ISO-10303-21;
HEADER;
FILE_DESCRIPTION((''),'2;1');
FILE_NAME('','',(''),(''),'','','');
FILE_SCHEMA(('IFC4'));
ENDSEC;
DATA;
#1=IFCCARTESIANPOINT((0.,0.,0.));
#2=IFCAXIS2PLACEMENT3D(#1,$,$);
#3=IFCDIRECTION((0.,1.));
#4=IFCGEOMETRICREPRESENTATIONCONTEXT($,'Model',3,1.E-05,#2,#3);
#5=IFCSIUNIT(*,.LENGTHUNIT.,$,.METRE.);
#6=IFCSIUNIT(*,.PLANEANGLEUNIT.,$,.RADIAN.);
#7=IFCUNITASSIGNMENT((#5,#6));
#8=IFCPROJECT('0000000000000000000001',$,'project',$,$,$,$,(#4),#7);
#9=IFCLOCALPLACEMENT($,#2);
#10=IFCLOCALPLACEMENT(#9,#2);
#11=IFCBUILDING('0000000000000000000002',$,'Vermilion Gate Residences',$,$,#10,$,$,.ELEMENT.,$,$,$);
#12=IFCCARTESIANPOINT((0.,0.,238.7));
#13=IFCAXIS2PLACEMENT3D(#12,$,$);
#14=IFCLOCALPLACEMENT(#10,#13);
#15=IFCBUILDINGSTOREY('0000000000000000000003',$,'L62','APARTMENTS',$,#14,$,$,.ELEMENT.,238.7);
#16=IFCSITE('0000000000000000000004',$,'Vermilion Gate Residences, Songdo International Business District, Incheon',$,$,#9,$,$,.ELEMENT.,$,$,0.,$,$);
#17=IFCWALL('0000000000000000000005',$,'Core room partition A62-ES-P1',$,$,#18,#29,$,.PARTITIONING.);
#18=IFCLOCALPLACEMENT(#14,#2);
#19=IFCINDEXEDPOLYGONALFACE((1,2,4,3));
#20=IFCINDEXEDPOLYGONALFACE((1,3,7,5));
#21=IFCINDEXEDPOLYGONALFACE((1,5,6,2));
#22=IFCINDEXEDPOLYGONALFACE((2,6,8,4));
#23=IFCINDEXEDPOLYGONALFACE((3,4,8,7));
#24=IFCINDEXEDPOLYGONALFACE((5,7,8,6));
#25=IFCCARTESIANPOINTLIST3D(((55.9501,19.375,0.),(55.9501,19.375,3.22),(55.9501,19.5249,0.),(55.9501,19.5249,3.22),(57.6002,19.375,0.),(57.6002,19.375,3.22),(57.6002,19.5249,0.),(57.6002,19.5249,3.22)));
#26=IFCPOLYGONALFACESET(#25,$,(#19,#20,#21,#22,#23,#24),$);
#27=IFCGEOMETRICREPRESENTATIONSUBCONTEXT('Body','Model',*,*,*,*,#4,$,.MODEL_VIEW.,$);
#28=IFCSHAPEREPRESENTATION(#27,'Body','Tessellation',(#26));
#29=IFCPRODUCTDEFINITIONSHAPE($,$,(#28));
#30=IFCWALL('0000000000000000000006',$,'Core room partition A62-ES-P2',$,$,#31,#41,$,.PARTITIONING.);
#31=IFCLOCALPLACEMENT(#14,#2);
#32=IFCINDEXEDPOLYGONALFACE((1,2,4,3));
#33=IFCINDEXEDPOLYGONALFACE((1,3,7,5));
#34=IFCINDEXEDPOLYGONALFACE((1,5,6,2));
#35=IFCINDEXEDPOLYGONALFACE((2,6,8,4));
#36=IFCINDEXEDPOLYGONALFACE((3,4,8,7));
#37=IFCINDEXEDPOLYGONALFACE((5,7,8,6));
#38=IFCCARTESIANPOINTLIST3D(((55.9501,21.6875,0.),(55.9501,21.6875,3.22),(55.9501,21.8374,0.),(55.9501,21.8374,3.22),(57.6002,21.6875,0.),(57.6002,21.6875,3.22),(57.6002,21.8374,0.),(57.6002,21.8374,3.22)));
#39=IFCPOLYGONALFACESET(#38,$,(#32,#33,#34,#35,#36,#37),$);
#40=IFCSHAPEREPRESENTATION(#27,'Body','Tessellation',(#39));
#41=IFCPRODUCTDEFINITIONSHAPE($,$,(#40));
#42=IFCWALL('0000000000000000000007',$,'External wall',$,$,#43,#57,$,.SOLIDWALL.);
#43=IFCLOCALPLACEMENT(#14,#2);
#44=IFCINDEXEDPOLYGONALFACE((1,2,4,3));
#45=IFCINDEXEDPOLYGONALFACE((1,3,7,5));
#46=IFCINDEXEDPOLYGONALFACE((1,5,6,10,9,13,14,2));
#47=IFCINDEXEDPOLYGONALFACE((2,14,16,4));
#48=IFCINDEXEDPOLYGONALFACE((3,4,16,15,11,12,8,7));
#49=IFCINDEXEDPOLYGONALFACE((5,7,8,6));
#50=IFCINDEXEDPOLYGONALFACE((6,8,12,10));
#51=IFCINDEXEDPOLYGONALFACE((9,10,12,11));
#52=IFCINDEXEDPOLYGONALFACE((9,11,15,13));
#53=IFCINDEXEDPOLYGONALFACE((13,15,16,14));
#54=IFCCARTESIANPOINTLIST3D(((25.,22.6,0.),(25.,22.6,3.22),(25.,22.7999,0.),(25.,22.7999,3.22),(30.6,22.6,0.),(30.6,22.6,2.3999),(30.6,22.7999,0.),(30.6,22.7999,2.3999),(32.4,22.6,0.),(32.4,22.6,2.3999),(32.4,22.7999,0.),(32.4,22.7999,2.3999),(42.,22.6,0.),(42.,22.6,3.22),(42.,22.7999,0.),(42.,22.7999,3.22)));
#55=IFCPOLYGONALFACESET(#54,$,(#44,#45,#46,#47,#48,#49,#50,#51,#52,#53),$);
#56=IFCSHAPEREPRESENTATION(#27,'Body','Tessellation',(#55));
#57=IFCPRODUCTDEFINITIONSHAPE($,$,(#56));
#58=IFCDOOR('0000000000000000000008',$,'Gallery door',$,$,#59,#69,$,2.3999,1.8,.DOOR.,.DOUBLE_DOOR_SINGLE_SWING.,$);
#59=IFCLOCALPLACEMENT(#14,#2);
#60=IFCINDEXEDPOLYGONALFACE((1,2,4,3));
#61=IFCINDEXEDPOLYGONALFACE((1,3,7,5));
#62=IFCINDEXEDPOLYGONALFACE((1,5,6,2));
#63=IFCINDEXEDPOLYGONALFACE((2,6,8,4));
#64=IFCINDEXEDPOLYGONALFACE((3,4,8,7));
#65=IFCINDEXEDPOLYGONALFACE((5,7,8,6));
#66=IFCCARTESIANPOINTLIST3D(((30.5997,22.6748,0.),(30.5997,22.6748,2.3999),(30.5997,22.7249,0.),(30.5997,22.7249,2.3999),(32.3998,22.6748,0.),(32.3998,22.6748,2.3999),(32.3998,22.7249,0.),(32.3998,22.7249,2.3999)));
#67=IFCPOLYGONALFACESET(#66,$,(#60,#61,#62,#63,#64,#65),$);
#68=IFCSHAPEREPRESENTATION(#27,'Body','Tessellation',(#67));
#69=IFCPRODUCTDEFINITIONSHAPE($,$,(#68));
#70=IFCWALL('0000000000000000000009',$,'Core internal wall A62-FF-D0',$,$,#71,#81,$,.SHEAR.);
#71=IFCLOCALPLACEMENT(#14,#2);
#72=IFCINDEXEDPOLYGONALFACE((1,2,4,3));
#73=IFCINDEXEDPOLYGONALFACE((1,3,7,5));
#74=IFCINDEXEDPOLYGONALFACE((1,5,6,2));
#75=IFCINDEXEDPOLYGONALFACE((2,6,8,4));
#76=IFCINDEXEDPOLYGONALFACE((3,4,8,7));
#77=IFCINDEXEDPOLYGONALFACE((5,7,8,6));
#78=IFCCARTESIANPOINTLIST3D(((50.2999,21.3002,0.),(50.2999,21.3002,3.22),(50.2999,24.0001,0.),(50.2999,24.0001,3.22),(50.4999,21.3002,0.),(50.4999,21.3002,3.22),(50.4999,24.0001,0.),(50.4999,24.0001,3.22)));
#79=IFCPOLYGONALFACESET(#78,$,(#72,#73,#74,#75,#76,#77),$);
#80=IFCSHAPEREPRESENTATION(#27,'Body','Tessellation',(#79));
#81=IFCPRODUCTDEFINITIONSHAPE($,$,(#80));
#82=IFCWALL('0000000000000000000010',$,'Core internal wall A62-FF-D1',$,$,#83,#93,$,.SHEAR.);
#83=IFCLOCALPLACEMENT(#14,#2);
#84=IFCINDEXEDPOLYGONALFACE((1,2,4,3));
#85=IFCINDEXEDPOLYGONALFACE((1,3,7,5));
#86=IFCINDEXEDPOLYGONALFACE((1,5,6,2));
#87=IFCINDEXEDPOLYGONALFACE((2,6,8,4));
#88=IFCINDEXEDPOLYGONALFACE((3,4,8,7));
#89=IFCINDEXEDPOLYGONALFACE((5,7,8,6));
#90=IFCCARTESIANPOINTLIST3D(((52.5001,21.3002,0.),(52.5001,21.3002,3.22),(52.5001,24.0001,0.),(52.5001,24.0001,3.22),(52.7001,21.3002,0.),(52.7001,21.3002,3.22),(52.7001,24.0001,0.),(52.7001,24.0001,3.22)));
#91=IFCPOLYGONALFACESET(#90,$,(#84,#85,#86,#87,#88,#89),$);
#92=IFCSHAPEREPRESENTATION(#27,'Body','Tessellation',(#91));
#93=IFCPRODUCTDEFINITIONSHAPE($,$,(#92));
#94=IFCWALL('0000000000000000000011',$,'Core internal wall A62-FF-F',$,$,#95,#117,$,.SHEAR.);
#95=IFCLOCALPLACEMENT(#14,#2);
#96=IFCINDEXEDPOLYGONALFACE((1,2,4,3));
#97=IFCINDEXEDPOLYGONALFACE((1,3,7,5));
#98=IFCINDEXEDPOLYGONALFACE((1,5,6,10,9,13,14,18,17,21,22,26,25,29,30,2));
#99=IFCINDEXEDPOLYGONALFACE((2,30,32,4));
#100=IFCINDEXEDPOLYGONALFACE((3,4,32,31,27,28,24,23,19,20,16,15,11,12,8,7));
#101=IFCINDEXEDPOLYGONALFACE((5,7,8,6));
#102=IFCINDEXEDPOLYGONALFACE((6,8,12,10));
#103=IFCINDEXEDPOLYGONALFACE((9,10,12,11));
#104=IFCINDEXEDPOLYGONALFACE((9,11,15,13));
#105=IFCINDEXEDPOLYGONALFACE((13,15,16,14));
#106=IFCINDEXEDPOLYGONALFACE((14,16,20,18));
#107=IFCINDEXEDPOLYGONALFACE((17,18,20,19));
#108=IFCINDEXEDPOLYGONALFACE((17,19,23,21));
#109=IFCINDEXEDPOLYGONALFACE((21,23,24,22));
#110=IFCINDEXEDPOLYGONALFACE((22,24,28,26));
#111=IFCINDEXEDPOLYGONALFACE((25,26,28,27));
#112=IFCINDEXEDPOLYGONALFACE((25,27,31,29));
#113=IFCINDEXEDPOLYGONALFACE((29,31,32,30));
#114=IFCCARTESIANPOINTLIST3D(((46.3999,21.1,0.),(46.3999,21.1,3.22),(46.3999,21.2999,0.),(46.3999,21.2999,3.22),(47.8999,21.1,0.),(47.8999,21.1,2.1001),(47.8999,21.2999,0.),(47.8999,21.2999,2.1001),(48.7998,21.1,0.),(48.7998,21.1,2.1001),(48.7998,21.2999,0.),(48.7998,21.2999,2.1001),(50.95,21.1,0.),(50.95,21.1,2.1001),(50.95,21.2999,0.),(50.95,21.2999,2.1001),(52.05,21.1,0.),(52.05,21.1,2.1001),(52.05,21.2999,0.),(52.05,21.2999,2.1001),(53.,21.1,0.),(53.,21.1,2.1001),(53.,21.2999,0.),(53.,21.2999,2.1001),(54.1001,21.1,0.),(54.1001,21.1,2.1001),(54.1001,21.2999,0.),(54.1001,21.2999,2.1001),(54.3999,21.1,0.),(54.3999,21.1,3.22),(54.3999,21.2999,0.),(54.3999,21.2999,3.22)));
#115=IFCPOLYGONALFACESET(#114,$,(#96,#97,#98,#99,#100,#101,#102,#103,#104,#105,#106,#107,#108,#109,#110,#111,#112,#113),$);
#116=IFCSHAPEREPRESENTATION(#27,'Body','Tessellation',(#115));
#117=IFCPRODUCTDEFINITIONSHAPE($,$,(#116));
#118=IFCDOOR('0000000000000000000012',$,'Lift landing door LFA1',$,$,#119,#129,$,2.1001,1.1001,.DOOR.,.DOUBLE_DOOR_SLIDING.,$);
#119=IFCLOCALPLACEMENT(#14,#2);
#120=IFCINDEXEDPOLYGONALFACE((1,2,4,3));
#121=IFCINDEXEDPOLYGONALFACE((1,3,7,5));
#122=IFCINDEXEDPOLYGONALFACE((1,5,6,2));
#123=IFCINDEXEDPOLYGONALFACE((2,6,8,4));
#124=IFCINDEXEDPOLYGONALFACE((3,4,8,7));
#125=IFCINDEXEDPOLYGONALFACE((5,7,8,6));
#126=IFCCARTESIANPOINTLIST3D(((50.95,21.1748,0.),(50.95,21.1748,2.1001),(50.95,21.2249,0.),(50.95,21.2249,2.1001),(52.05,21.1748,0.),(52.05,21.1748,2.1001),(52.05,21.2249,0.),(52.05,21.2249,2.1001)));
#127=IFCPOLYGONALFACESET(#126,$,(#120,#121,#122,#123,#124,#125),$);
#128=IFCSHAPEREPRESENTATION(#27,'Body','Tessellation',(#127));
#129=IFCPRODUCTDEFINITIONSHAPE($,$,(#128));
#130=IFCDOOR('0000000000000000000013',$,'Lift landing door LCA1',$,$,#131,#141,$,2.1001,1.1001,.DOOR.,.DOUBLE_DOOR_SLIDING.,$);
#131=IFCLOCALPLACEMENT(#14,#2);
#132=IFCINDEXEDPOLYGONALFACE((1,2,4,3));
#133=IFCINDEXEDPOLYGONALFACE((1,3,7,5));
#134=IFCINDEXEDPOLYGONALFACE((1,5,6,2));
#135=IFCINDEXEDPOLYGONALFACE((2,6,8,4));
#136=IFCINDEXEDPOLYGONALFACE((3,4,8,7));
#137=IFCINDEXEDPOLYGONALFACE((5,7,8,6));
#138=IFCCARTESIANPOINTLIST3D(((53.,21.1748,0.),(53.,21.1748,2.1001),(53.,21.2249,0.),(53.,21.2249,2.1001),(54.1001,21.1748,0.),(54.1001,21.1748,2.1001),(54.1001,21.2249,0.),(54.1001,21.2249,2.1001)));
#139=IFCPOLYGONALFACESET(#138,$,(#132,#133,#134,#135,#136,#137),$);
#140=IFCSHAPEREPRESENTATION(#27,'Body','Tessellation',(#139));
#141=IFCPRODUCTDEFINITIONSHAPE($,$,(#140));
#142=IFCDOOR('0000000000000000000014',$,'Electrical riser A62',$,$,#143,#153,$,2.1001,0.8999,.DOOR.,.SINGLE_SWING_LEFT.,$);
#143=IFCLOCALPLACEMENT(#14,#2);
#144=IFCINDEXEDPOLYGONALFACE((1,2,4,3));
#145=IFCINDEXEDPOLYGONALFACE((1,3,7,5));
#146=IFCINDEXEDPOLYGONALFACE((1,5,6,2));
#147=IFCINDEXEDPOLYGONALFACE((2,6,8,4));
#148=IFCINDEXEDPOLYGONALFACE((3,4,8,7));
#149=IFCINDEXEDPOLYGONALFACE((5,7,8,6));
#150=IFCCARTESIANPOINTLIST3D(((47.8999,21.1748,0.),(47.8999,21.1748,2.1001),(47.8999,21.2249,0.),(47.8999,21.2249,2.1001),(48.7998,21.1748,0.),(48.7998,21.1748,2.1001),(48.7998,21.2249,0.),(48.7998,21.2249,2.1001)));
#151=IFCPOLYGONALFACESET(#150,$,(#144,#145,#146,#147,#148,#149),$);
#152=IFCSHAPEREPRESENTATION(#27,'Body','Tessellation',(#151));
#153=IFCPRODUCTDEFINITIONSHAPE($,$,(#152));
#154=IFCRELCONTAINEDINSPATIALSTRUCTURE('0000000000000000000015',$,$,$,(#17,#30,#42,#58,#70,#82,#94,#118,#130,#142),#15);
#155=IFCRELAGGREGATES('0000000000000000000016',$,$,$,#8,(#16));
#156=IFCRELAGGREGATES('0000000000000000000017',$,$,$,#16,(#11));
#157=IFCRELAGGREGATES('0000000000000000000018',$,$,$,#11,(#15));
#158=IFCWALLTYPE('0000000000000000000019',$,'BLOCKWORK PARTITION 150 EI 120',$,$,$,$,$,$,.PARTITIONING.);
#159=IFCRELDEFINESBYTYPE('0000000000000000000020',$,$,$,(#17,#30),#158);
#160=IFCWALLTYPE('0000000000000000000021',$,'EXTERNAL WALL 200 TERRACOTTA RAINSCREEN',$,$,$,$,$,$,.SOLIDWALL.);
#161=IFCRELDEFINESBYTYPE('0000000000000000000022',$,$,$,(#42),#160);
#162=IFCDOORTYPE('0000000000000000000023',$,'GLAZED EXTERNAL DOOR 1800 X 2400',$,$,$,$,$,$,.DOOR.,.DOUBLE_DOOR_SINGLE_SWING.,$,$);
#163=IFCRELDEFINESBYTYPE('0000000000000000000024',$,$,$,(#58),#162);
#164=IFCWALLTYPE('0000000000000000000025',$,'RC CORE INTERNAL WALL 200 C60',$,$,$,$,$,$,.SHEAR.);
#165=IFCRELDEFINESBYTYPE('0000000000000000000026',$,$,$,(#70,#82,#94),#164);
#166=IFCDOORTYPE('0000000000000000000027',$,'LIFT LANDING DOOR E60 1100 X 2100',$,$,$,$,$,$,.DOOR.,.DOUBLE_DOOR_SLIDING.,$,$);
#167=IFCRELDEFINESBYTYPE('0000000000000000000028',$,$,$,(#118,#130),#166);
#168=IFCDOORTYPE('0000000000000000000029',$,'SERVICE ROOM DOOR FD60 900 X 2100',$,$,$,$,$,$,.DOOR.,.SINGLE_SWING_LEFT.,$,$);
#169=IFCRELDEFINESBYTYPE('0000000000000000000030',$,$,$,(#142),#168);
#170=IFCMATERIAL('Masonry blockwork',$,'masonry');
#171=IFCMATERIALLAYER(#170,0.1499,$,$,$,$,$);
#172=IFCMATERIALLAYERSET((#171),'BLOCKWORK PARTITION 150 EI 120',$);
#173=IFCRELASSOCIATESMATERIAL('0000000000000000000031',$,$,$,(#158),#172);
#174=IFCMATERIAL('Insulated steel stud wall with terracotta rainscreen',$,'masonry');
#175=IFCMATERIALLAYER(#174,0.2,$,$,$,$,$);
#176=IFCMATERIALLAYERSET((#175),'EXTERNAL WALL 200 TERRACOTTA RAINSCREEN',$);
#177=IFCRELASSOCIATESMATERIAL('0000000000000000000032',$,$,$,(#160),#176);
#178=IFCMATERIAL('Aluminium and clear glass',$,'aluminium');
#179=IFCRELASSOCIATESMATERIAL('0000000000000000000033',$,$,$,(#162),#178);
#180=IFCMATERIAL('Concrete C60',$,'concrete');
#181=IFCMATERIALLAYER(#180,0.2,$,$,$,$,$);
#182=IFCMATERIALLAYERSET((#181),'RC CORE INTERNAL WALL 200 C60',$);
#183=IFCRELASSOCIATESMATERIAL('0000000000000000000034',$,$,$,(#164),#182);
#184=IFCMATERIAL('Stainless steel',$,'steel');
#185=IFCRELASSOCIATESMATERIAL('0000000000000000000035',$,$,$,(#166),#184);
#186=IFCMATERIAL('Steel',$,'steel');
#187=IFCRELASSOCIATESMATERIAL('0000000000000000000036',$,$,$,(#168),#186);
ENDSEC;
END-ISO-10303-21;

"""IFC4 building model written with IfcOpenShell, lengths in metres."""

from ifc_helpers import new_model, si_unit, direction, frame, frame_2d, origin, place, context, subcontext, project, spatial, rectangle, extrude, material, layer, layer_set, type_object, element, fill, save


model = new_model("IFC4")

# Units and contexts
model_context = context("Model", 3, precision=1e-05, world=origin(), true_north=direction((0.0, 1.0)))
body_context = subcontext(model_context, "Body", "Model", "MODEL_VIEW")
ifc_project = project(units=[si_unit("LENGTHUNIT", "METRE"), si_unit("PLANEANGLEUNIT", "RADIAN")], contexts=[model_context])

# Site, building, storey
site_placement = place(None, origin())
site = spatial("IfcSite", under=ifc_project, at=site_placement, Name="Vermilion Gate Residences, Songdo International Business District, Incheon", CompositionType="ELEMENT", RefElevation=0.0)
building_placement = place(site_placement, origin())
building = spatial("IfcBuilding", under=site, at=building_placement, Name="Vermilion Gate Residences", CompositionType="ELEMENT")
storey_placement = place(building_placement, frame((0.0, 0.0, 238.7)))
storey = spatial("IfcBuildingStorey", under=building, at=storey_placement, Name="L62", Description="APARTMENTS", CompositionType="ELEMENT", Elevation=238.7)

# Walls
ifc_material_1 = material(Name="Masonry blockwork", Category="masonry")
ifc_layer_1 = layer(ifc_material_1, 0.1499)
ifc_layer_set_1 = layer_set([ifc_layer_1], Name="BLOCKWORK PARTITION 150 EI 120")
wall_type_1 = type_object("IfcWallType", Name="BLOCKWORK PARTITION 150 EI 120", PredefinedType="PARTITIONING", material=ifc_layer_set_1)
for number, where, z_axis, x_axis, name in (
    (1, (55.95, 19.45, 0.0), (0.0, 0.0, 1.0), (1.0, 0.0, 0.0), "Core room partition A62-ES-P1"),
    (2, (55.95, 21.7625, 0.0), (0.0, 0.0, 1.0), (1.0, 0.0, 0.0), "Core room partition A62-ES-P2"),
):
    element("IfcWall", number, at=place(storey_placement, frame(where, z_axis=z_axis, x_axis=x_axis)), inside=storey, type_object=wall_type_1, Name=name, PredefinedType="PARTITIONING", context=body_context, shape_type="SweptSolid", body=[
        extrude(rectangle(XDim=1.6501, YDim=0.1499, at=frame_2d((0.8252, 0.0))), origin(), (0.0, 0.0, 1.0), 3.22),
    ])

# Wall, opening, door
ifc_material_2 = material(Name="Insulated steel stud wall with terracotta rainscreen", Category="masonry")
ifc_layer_2 = layer(ifc_material_2, 0.2)
ifc_layer_set_2 = layer_set([ifc_layer_2], Name="EXTERNAL WALL 200 TERRACOTTA RAINSCREEN")
wall_type_2 = type_object("IfcWallType", Name="EXTERNAL WALL 200 TERRACOTTA RAINSCREEN", PredefinedType="SOLIDWALL", material=ifc_layer_set_2)
wall_1_placement = place(storey_placement, frame((42.0, 22.7, 0.0), z_axis=(0.0, 0.0, 1.0), x_axis=(-1.0, 0.0, 0.0)))
wall_1 = element("IfcWall", 3, at=wall_1_placement, inside=storey, type_object=wall_type_2, Name="External wall", PredefinedType="SOLIDWALL", context=body_context, shape_type="SweptSolid", body=[
    extrude(rectangle(XDim=17.0, YDim=0.2, at=frame_2d((8.5, 0.0))), origin(), (0.0, 0.0, 1.0), 3.22),
])
opening_1_placement = place(wall_1_placement, frame((9.6001, 0.0, 0.0)))
opening_1 = element("IfcOpeningElement", 4, at=opening_1_placement, cuts=wall_1, PredefinedType="OPENING", context=body_context, shape_type="SweptSolid", body=[
    extrude(rectangle(XDim=1.8, YDim=2.3999, at=frame_2d((0.8999, 1.2))), frame((0.0, 0.1099, 0.0), z_axis=(0.0, -1.0, 0.0), x_axis=(1.0, 0.0, 0.0)), (0.0, 0.0, 1.0), 0.22),
])
ifc_material_3 = material(Name="Aluminium and clear glass", Category="aluminium")
door_type_1 = type_object("IfcDoorType", Name="GLAZED EXTERNAL DOOR 1800 X 2400", OperationType="DOUBLE_DOOR_SINGLE_SWING", PredefinedType="DOOR", material=ifc_material_3)
door_1_placement = place(opening_1_placement, frame((1.8, 0.0, 0.0), z_axis=(0.0, 0.0, 1.0), x_axis=(-1.0, 0.0, 0.0)))
door_1 = element("IfcDoor", 5, at=door_1_placement, inside=storey, type_object=door_type_1, Name="Gallery door", OperationType="DOUBLE_DOOR_SINGLE_SWING", OverallHeight=2.3999, OverallWidth=1.8, PredefinedType="DOOR", context=body_context, shape_type="SweptSolid", body=[
    extrude(rectangle(XDim=1.8, YDim=2.3999, at=frame_2d((0.8999, 1.2))), frame((0.0, 0.0249, 0.0), z_axis=(0.0, -1.0, 0.0), x_axis=(1.0, 0.0, 0.0)), (0.0, 0.0, 1.0), 0.05),
])
fill(opening_1, door_1)

# Walls
ifc_material_4 = material(Name="Concrete C60", Category="concrete")
ifc_layer_3 = layer(ifc_material_4, 0.2)
ifc_layer_set_3 = layer_set([ifc_layer_3], Name="RC CORE INTERNAL WALL 200 C60")
wall_type_3 = type_object("IfcWallType", Name="RC CORE INTERNAL WALL 200 C60", PredefinedType="SHEAR", material=ifc_layer_set_3)
for number, where, z_axis, x_axis, name in (
    (6, (50.3999, 21.3, 0.0), (0.0, 0.0, 1.0), (0.0, 1.0, 0.0), "Core internal wall A62-FF-D0"),
    (7, (52.6001, 21.3, 0.0), (0.0, 0.0, 1.0), (0.0, 1.0, 0.0), "Core internal wall A62-FF-D1"),
):
    element("IfcWall", number, at=place(storey_placement, frame(where, z_axis=z_axis, x_axis=x_axis)), inside=storey, type_object=wall_type_3, Name=name, PredefinedType="SHEAR", context=body_context, shape_type="SweptSolid", body=[
        extrude(rectangle(XDim=2.7, YDim=0.2, at=frame_2d((1.3501, 0.0))), origin(), (0.0, 0.0, 1.0), 3.22),
    ])

# Wall, openings, doors
wall_2_placement = place(storey_placement, frame((46.3999, 21.2, 0.0), z_axis=(0.0, 0.0, 1.0), x_axis=(1.0, 0.0, 0.0)))
wall_2 = element("IfcWall", 8, at=wall_2_placement, inside=storey, type_object=wall_type_3, Name="Core internal wall A62-FF-F", PredefinedType="SHEAR", context=body_context, shape_type="SweptSolid", body=[
    extrude(rectangle(XDim=8.0, YDim=0.2, at=frame_2d((4.0, 0.0))), origin(), (0.0, 0.0, 1.0), 3.22),
])
opening_2_placement = place(wall_2_placement, frame((1.5, 0.0, 0.0)))
opening_2 = element("IfcOpeningElement", 9, at=opening_2_placement, cuts=wall_2, PredefinedType="OPENING", context=body_context, shape_type="SweptSolid", body=[
    extrude(rectangle(XDim=0.8999, YDim=2.1001, at=frame_2d((0.45, 1.05))), frame((0.0, 0.1099, 0.0), z_axis=(0.0, -1.0, 0.0), x_axis=(1.0, 0.0, 0.0)), (0.0, 0.0, 1.0), 0.22),
])
opening_3_placement = place(wall_2_placement, frame((4.55, 0.0, 0.0)))
opening_3 = element("IfcOpeningElement", 10, at=opening_3_placement, cuts=wall_2, PredefinedType="OPENING", context=body_context, shape_type="SweptSolid", body=[
    extrude(rectangle(XDim=1.1001, YDim=2.1001, at=frame_2d((0.55, 1.05))), frame((0.0, 0.1099, 0.0), z_axis=(0.0, -1.0, 0.0), x_axis=(1.0, 0.0, 0.0)), (0.0, 0.0, 1.0), 0.22),
])
opening_4_placement = place(wall_2_placement, frame((6.6001, 0.0, 0.0)))
opening_4 = element("IfcOpeningElement", 11, at=opening_4_placement, cuts=wall_2, PredefinedType="OPENING", context=body_context, shape_type="SweptSolid", body=[
    extrude(rectangle(XDim=1.1001, YDim=2.1001, at=frame_2d((0.55, 1.05))), frame((0.0, 0.1099, 0.0), z_axis=(0.0, -1.0, 0.0), x_axis=(1.0, 0.0, 0.0)), (0.0, 0.0, 1.0), 0.22),
])
ifc_material_5 = material(Name="Stainless steel", Category="steel")
door_type_2 = type_object("IfcDoorType", Name="LIFT LANDING DOOR E60 1100 X 2100", OperationType="DOUBLE_DOOR_SLIDING", PredefinedType="DOOR", material=ifc_material_5)
door_2_placement = place(opening_3_placement, origin())
door_2 = element("IfcDoor", 12, at=door_2_placement, inside=storey, type_object=door_type_2, Name="Lift landing door LFA1", OperationType="DOUBLE_DOOR_SLIDING", OverallHeight=2.1001, OverallWidth=1.1001, PredefinedType="DOOR", context=body_context, shape_type="SweptSolid", body=[
    extrude(rectangle(XDim=1.1001, YDim=2.1001, at=frame_2d((0.55, 1.05))), frame((0.0, 0.0249, 0.0), z_axis=(0.0, -1.0, 0.0), x_axis=(1.0, 0.0, 0.0)), (0.0, 0.0, 1.0), 0.05),
])
fill(opening_3, door_2)
door_3_placement = place(opening_4_placement, origin())
door_3 = element("IfcDoor", 13, at=door_3_placement, inside=storey, type_object=door_type_2, Name="Lift landing door LCA1", OperationType="DOUBLE_DOOR_SLIDING", OverallHeight=2.1001, OverallWidth=1.1001, PredefinedType="DOOR", context=body_context, shape_type="SweptSolid", body=[
    extrude(rectangle(XDim=1.1001, YDim=2.1001, at=frame_2d((0.55, 1.05))), frame((0.0, 0.0249, 0.0), z_axis=(0.0, -1.0, 0.0), x_axis=(1.0, 0.0, 0.0)), (0.0, 0.0, 1.0), 0.05),
])
fill(opening_4, door_3)
ifc_material_6 = material(Name="Steel", Category="steel")
door_type_3 = type_object("IfcDoorType", Name="SERVICE ROOM DOOR FD60 900 X 2100", OperationType="SINGLE_SWING_LEFT", PredefinedType="DOOR", material=ifc_material_6)
door_4_placement = place(opening_2_placement, origin())
door_4 = element("IfcDoor", 14, at=door_4_placement, inside=storey, type_object=door_type_3, Name="Electrical riser A62", OperationType="SINGLE_SWING_LEFT", OverallHeight=2.1001, OverallWidth=0.8999, PredefinedType="DOOR", context=body_context, shape_type="SweptSolid", body=[
    extrude(rectangle(XDim=0.8999, YDim=2.1001, at=frame_2d((0.45, 1.05))), frame((0.0, 0.0249, 0.0), z_axis=(0.0, -1.0, 0.0), x_axis=(1.0, 0.0, 0.0)), (0.0, 0.0, 1.0), 0.05),
])
fill(opening_2, door_4)

save(model, "model.ifc")
